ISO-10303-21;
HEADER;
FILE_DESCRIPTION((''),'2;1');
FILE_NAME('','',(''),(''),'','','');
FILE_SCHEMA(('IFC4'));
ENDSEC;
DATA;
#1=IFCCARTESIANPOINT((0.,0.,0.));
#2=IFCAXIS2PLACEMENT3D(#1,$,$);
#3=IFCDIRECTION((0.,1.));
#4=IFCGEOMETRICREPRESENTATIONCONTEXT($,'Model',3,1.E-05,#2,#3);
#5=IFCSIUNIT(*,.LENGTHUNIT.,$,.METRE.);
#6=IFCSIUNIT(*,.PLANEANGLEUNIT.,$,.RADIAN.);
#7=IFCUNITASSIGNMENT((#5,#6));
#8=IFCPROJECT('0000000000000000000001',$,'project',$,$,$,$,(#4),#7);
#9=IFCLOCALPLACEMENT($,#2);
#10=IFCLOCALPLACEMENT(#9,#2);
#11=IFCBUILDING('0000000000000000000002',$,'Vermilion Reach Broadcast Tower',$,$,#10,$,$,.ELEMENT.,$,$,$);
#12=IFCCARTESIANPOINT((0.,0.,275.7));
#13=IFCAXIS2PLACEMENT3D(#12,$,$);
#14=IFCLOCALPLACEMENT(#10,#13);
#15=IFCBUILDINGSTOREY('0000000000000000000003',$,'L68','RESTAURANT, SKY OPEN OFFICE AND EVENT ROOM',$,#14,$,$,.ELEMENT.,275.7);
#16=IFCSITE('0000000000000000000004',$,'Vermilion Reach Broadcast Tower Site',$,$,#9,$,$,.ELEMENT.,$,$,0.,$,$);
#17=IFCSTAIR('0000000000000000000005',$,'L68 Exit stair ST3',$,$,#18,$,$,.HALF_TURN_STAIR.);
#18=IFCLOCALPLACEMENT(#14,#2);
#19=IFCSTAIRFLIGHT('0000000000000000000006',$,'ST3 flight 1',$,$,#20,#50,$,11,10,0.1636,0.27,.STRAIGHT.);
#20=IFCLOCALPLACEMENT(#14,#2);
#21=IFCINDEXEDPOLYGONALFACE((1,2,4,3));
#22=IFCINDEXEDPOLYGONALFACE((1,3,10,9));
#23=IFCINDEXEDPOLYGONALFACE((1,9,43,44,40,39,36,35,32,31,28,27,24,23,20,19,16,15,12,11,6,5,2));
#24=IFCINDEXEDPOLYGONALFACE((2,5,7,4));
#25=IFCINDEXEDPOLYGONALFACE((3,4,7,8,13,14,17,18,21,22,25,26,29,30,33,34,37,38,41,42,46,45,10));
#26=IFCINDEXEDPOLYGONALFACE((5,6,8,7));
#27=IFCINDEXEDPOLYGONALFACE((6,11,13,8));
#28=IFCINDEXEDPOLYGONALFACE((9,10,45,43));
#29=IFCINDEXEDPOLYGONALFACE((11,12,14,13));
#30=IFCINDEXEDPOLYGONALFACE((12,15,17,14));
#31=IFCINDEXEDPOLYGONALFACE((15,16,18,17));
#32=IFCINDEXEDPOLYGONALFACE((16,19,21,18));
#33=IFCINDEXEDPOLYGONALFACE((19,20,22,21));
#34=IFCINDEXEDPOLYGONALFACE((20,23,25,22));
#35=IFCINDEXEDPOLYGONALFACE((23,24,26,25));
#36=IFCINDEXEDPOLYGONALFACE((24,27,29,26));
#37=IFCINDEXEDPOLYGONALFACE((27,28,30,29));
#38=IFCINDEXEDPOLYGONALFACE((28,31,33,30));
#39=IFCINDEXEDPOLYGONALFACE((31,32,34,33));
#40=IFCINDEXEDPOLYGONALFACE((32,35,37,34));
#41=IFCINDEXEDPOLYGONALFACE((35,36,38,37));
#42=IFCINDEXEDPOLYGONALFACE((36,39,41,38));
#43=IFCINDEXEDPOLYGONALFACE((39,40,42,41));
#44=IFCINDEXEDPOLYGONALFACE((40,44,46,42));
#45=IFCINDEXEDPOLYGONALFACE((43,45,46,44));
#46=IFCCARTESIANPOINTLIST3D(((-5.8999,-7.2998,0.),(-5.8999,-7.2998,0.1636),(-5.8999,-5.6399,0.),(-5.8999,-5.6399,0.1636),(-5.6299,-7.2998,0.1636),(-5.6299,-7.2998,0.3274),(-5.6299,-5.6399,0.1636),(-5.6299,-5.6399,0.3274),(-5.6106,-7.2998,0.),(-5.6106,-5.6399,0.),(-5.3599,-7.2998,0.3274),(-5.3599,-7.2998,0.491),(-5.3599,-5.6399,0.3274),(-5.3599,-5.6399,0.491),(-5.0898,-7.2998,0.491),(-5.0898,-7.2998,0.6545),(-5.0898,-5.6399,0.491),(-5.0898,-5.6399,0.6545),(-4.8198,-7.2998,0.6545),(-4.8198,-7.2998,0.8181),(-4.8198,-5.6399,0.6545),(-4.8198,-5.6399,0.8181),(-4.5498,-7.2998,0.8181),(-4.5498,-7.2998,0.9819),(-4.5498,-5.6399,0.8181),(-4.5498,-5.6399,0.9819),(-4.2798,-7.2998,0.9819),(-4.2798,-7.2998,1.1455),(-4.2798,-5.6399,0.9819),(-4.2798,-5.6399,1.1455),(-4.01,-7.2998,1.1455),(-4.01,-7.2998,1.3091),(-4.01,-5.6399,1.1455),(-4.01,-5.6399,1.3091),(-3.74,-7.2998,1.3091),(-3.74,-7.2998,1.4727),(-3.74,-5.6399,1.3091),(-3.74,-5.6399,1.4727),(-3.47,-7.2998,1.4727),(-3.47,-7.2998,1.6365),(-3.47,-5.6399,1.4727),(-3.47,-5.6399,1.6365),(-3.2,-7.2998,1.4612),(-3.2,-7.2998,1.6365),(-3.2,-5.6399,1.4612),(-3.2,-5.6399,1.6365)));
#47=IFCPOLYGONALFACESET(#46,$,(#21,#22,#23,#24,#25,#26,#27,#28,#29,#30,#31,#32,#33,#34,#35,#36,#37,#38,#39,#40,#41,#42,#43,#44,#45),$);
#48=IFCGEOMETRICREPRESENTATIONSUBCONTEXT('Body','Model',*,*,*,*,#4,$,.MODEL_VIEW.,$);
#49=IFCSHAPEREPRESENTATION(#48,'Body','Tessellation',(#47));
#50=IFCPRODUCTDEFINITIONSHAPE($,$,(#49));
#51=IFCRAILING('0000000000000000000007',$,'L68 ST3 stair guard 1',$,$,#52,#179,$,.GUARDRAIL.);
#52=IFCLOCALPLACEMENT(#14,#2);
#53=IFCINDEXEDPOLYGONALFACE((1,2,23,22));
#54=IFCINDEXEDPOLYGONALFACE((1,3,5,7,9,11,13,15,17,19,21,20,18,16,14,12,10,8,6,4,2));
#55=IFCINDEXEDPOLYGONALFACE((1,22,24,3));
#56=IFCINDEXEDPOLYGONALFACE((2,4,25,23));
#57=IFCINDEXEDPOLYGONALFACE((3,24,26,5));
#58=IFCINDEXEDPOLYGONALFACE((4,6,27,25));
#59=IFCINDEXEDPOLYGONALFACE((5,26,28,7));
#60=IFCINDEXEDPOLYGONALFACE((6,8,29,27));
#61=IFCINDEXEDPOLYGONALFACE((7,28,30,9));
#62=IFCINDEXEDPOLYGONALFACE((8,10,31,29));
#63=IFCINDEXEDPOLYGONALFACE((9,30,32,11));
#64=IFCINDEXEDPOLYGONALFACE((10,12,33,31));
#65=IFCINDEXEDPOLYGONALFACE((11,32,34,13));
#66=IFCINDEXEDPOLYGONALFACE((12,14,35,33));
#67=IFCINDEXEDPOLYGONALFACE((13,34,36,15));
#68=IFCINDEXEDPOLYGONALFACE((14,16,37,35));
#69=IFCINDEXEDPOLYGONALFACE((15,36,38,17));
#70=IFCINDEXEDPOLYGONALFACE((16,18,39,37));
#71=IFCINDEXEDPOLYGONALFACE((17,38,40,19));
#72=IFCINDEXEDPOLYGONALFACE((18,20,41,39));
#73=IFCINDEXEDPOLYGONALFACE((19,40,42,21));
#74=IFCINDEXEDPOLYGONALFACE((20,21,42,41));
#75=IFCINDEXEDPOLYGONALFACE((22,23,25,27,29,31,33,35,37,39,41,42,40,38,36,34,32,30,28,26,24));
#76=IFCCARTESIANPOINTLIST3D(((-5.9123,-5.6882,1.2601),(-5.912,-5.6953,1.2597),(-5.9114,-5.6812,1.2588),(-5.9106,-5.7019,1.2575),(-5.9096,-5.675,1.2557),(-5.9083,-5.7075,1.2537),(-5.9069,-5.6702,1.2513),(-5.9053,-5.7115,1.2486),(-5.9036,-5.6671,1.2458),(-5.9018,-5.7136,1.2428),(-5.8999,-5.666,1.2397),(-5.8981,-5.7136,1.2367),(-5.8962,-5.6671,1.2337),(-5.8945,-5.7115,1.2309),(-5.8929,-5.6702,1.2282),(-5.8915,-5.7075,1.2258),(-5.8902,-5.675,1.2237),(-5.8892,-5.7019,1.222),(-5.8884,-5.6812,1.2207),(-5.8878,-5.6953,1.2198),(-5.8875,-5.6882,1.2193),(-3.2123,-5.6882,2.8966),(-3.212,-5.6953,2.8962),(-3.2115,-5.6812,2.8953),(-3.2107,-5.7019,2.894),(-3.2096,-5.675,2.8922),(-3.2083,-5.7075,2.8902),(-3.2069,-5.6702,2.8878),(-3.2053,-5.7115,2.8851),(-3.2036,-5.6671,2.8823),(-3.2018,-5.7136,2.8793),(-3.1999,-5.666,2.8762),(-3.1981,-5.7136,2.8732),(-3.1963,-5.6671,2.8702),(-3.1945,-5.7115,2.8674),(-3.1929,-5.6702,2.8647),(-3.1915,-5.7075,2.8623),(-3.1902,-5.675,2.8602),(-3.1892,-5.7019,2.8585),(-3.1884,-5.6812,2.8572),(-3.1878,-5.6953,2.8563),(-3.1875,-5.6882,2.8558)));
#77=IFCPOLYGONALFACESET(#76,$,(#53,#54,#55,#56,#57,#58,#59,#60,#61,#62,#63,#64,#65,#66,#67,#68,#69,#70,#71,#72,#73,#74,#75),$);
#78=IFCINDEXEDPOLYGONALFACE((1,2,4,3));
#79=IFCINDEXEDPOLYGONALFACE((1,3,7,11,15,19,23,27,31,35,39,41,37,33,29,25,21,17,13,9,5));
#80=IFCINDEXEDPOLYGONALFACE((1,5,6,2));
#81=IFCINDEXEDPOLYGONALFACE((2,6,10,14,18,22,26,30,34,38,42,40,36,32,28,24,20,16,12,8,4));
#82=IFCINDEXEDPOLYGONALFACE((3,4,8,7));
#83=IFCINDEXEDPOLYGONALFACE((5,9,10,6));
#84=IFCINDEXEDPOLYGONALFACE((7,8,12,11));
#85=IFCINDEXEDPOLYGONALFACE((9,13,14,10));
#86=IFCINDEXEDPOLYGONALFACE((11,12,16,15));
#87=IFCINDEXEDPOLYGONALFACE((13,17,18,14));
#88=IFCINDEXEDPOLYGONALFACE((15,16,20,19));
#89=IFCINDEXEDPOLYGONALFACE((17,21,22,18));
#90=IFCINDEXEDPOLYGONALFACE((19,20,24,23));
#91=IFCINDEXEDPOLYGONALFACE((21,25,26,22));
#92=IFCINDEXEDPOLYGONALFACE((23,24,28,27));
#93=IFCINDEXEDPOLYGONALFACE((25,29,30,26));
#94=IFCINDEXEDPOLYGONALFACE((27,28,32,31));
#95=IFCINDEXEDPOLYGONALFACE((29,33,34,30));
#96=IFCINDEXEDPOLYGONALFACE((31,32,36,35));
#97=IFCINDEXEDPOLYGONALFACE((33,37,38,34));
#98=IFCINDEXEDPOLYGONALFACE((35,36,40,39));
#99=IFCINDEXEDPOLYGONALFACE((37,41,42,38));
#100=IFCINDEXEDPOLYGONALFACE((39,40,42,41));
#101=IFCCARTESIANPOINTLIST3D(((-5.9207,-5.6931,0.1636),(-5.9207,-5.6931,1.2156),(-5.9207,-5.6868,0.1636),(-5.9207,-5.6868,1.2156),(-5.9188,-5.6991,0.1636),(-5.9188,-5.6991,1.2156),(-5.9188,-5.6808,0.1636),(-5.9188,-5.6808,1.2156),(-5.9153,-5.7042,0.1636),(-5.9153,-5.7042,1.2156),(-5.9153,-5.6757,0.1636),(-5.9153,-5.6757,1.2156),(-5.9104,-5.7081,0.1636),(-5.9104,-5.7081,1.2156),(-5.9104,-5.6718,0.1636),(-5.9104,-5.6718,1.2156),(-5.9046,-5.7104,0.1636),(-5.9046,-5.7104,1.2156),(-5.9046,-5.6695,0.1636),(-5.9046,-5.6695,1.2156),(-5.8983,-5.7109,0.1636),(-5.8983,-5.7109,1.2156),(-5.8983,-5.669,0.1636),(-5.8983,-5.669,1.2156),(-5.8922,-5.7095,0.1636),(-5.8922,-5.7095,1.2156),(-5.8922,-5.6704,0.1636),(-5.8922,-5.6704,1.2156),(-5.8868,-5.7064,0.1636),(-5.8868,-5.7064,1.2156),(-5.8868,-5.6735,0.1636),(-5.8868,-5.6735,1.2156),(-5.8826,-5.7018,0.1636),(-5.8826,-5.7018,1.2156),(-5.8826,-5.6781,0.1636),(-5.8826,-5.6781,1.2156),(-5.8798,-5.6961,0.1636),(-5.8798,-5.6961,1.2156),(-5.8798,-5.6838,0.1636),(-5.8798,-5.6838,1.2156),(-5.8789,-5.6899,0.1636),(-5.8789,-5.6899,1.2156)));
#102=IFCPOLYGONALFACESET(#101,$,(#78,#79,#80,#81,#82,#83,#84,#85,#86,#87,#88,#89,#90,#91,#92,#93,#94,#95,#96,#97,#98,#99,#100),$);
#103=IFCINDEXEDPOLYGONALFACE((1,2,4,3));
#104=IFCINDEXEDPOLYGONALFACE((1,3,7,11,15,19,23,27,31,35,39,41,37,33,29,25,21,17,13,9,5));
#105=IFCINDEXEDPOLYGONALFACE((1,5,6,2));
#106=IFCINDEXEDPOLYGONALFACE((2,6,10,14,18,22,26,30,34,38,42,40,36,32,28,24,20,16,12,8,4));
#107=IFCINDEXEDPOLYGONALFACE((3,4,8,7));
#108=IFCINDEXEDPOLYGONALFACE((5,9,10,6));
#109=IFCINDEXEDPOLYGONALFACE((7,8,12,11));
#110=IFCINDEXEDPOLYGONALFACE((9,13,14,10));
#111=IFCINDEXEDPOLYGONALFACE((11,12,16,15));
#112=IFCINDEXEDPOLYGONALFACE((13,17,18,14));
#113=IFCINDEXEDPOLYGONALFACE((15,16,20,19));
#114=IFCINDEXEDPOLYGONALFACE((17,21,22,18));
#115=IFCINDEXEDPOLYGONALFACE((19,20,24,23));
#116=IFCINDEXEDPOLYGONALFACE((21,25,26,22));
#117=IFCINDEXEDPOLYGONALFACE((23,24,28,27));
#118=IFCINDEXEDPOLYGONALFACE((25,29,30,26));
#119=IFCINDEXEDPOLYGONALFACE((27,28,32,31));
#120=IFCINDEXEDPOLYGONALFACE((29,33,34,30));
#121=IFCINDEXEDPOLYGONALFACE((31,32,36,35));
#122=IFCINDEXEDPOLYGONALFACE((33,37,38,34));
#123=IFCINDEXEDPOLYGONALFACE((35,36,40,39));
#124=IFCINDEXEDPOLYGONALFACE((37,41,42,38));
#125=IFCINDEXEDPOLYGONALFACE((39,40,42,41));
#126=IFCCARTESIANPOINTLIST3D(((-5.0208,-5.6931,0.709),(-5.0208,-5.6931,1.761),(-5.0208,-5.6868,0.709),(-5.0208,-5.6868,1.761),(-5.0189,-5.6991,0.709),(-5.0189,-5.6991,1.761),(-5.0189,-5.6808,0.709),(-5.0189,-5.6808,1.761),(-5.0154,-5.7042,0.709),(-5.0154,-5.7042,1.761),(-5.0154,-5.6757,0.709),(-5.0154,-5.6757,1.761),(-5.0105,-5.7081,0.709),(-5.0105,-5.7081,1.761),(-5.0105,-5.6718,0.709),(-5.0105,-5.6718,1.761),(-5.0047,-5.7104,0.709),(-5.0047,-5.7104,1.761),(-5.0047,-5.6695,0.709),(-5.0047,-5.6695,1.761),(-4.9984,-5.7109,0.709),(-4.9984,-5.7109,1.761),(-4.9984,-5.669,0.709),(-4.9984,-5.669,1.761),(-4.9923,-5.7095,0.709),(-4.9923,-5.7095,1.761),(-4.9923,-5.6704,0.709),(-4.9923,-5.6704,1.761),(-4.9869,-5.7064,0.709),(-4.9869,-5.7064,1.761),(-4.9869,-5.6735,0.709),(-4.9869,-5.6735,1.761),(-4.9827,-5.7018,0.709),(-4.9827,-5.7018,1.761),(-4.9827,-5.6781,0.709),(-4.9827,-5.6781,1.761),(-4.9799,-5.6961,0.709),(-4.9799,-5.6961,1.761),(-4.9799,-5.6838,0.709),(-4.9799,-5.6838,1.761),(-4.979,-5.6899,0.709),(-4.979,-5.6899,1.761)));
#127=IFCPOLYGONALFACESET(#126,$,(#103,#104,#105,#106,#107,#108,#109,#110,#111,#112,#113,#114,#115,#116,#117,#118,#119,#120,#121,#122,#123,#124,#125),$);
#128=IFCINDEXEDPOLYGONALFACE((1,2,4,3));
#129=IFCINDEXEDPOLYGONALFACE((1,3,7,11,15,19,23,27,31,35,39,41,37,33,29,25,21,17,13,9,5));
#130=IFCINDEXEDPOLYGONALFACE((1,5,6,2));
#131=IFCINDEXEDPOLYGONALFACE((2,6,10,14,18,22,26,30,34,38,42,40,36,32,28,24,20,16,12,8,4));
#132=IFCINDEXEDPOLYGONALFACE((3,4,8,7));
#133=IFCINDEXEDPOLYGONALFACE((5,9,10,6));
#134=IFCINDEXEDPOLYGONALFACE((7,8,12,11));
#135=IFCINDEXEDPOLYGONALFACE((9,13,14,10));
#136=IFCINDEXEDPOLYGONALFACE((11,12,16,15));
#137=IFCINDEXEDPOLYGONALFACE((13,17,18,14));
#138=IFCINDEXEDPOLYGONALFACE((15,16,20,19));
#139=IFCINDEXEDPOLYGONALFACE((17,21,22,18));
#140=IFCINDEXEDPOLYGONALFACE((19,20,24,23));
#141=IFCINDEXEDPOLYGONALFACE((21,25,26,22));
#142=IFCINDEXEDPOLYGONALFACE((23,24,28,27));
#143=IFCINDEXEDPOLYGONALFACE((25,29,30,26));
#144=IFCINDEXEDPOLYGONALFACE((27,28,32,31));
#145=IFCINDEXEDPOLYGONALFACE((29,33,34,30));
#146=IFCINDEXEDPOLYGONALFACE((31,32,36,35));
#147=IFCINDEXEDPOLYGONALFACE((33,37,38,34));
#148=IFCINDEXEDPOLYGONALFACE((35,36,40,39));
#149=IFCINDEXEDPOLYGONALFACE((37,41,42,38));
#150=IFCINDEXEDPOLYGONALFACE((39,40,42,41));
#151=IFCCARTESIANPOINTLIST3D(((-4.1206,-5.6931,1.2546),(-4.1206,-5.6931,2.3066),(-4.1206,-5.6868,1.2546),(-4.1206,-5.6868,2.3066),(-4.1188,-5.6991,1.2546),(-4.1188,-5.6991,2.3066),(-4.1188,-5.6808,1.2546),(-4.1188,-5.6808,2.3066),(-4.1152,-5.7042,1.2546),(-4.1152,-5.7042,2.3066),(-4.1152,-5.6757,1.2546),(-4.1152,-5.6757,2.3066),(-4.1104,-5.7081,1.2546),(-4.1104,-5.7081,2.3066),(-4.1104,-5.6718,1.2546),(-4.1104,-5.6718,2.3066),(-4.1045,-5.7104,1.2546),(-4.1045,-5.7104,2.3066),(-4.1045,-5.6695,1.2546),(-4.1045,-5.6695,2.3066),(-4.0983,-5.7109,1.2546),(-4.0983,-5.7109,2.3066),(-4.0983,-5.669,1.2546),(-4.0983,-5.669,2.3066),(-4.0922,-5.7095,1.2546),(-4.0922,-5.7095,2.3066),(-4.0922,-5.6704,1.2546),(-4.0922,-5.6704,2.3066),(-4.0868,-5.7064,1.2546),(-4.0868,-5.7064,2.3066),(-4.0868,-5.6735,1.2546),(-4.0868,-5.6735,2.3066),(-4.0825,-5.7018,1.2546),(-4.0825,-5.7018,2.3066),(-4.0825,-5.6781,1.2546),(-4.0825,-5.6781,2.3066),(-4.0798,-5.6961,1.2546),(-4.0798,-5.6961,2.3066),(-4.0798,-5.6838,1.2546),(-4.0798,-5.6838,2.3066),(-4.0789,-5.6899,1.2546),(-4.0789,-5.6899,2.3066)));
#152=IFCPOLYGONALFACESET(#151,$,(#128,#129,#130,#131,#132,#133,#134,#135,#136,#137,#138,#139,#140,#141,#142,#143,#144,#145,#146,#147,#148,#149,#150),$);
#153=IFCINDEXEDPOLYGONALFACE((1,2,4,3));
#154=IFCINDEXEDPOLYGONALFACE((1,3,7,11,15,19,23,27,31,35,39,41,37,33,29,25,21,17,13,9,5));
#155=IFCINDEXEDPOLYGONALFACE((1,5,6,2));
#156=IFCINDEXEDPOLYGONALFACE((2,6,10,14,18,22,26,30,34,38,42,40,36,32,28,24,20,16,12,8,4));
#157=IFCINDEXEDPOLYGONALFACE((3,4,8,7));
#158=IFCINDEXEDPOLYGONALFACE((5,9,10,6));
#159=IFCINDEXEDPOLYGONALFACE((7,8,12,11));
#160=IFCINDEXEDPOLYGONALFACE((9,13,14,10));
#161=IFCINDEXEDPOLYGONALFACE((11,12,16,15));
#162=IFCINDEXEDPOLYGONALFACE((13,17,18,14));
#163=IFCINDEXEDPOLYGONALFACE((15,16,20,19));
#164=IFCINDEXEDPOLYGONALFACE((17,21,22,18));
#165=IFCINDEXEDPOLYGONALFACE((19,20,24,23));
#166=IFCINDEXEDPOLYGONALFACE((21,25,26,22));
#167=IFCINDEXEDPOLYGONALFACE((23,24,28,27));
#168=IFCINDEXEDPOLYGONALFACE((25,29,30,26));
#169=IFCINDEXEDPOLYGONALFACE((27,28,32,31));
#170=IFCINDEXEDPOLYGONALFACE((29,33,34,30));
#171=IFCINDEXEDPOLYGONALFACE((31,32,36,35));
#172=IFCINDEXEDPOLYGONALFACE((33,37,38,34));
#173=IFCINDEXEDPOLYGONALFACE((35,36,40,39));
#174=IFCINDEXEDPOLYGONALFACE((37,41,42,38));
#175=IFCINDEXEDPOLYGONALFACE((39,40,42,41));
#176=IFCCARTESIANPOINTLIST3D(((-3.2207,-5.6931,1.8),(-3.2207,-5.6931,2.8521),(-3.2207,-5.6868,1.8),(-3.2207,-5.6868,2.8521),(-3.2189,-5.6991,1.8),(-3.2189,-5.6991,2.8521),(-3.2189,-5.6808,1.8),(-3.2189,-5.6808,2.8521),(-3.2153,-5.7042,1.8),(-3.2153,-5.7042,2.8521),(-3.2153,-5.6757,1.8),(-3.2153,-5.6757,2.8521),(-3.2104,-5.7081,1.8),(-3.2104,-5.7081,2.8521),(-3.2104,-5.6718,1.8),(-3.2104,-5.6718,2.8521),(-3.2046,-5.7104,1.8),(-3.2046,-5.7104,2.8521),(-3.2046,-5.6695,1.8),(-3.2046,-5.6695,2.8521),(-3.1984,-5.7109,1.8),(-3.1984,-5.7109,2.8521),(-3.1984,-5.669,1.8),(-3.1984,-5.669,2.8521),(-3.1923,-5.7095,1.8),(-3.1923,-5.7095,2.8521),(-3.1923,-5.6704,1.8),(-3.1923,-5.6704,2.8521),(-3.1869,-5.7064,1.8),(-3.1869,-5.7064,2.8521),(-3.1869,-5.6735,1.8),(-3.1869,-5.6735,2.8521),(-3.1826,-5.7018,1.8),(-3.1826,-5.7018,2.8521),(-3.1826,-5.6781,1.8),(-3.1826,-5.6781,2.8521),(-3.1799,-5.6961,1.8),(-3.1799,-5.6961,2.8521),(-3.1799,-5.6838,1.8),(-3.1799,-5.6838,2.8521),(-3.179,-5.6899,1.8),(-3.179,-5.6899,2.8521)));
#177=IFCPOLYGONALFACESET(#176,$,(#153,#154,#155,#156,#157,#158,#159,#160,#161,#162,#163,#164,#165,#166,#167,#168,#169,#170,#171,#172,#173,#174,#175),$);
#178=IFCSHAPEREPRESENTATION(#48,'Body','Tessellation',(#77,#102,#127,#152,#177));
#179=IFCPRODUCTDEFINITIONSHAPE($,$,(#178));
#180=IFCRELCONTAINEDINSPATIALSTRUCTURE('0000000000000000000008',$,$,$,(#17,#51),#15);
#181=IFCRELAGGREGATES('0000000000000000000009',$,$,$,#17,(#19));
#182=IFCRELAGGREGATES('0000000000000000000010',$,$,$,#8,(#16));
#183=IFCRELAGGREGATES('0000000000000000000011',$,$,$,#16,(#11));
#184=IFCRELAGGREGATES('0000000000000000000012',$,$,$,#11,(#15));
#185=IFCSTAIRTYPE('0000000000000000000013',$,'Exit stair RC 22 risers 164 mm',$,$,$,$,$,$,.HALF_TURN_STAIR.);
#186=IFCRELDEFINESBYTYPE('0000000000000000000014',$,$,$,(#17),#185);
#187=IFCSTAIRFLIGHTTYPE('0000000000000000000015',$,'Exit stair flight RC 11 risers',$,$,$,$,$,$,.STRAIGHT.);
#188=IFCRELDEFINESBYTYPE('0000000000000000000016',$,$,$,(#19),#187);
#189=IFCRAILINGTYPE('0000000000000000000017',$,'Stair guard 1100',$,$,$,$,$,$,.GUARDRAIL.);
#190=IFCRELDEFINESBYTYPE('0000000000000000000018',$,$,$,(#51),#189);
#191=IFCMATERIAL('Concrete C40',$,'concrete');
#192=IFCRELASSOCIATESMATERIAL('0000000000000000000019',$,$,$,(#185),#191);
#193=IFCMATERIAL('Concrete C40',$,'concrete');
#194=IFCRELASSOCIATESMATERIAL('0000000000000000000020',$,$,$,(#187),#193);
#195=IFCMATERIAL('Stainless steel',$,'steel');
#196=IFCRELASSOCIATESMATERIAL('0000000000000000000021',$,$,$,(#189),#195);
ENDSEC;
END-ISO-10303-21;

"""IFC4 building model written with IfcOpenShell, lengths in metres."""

from ifc_helpers import new_model, si_unit, direction, frame, origin, origin_2d, place, context, subcontext, project, spatial, polyline, circle, outline, extrude, material, type_object, element, aggregate, save


model = new_model("IFC4")

# Units and contexts
model_context = context("Model", 3, precision=1e-05, world=origin(), true_north=direction((0.0, 1.0)))
body_context = subcontext(model_context, "Body", "Model", "MODEL_VIEW")
ifc_project = project(units=[si_unit("LENGTHUNIT", "METRE"), si_unit("PLANEANGLEUNIT", "RADIAN")], contexts=[model_context])

# Site, building, storey
site_placement = place(None, origin())
site = spatial("IfcSite", under=ifc_project, at=site_placement, Name="Vermilion Reach Broadcast Tower Site", CompositionType="ELEMENT", RefElevation=0.0)
building_placement = place(site_placement, origin())
building = spatial("IfcBuilding", under=site, at=building_placement, Name="Vermilion Reach Broadcast Tower", CompositionType="ELEMENT")
storey_placement = place(building_placement, frame((0.0, 0.0, 275.7)))
storey = spatial("IfcBuildingStorey", under=building, at=storey_placement, Name="L68", Description="RESTAURANT, SKY OPEN OFFICE AND EVENT ROOM", CompositionType="ELEMENT", Elevation=275.7)

# Stair, stair flight
ifc_material_1 = material(Name="Concrete C40", Category="concrete")
stair_type = type_object("IfcStairType", Name="Exit stair RC 22 risers 164 mm", PredefinedType="HALF_TURN_STAIR", material=ifc_material_1)
stair_placement = place(storey_placement, origin())
stair = element("IfcStair", 1, at=stair_placement, inside=storey, type_object=stair_type, Name="L68 Exit stair ST3", PredefinedType="HALF_TURN_STAIR")
ifc_material_2 = material(Name="Concrete C40", Category="concrete")
stair_flight_type = type_object("IfcStairFlightType", Name="Exit stair flight RC 11 risers", PredefinedType="STRAIGHT", material=ifc_material_2)
stair_flight_placement = place(storey_placement, frame((-5.8999, -6.47, 0.0), z_axis=(0.0, 0.0, 1.0), x_axis=(1.0, 0.0, 0.0)))
stair_flight = element("IfcStairFlight", 2, at=stair_flight_placement, type_object=stair_flight_type, Name="ST3 flight 1", NumberOfRisers=11, NumberOfTreads=10, PredefinedType="STRAIGHT", RiserHeight=0.1636, TreadLength=0.27, context=body_context, shape_type="SweptSolid", body=[
    extrude(outline(polyline([(0.0, 0.0), (0.0, 0.1636), (0.27, 0.1636), (0.27, 0.3274), (0.54, 0.3274), (0.54, 0.491), (0.8101, 0.491), (0.8101, 0.6545), (1.0801, 0.6545), (1.0801, 0.8181), (1.3501, 0.8181), (1.3501, 0.9819), (1.6201, 0.9819), (1.6201, 1.1455), (1.8899, 1.1455), (1.8899, 1.3091), (2.1599, 1.3091), (2.1599, 1.4727), (2.4299, 1.4727), (2.4299, 1.6365), (2.7, 1.6365), (2.7, 1.8), (2.7, 1.4612), (0.2893, 0.0), (0.0, 0.0)])), frame((0.0, 0.8301, 0.0), z_axis=(0.0, -1.0, 0.0), x_axis=(1.0, 0.0, 0.0)), (0.0, 0.0, 1.0), 1.6599),
])
aggregate(stair, [stair_flight])

# Railing
ifc_material_3 = material(Name="Stainless steel", Category="steel")
railing_type_1 = type_object("IfcRailingType", Name="Stair guard 1100", PredefinedType="GUARDRAIL", material=ifc_material_3)
railing_1_placement = place(storey_placement, frame((-5.8999, -5.6899, 0.1636)))
element("IfcRailing", 3, at=railing_1_placement, inside=storey, type_object=railing_type_1, Name="L68 ST3 stair guard 1", PredefinedType="GUARDRAIL", context=body_context, shape_type="SweptSolid", body=[
    extrude(circle(Radius=0.0239, at=origin_2d()), frame((0.0, 0.0, 1.0762), z_axis=(0.855178, 0.0, 0.518334), x_axis=(0.0, 1.0, 0.0)), (0.0, 0.0, 1.0), 3.1572),
    extrude(circle(Radius=0.021, at=origin_2d()), origin(), (0.0, 0.0, 1.0), 1.052),
    extrude(circle(Radius=0.021, at=origin_2d()), frame((0.8999, 0.0, 0.5454)), (0.0, 0.0, 1.0), 1.052),
    extrude(circle(Radius=0.021, at=origin_2d()), frame((1.8, 0.0, 1.0911)), (0.0, 0.0, 1.0), 1.052),
    extrude(circle(Radius=0.021, at=origin_2d()), frame((2.7, 0.0, 1.6365)), (0.0, 0.0, 1.0), 1.052),
])

save(model, "model.ifc")
